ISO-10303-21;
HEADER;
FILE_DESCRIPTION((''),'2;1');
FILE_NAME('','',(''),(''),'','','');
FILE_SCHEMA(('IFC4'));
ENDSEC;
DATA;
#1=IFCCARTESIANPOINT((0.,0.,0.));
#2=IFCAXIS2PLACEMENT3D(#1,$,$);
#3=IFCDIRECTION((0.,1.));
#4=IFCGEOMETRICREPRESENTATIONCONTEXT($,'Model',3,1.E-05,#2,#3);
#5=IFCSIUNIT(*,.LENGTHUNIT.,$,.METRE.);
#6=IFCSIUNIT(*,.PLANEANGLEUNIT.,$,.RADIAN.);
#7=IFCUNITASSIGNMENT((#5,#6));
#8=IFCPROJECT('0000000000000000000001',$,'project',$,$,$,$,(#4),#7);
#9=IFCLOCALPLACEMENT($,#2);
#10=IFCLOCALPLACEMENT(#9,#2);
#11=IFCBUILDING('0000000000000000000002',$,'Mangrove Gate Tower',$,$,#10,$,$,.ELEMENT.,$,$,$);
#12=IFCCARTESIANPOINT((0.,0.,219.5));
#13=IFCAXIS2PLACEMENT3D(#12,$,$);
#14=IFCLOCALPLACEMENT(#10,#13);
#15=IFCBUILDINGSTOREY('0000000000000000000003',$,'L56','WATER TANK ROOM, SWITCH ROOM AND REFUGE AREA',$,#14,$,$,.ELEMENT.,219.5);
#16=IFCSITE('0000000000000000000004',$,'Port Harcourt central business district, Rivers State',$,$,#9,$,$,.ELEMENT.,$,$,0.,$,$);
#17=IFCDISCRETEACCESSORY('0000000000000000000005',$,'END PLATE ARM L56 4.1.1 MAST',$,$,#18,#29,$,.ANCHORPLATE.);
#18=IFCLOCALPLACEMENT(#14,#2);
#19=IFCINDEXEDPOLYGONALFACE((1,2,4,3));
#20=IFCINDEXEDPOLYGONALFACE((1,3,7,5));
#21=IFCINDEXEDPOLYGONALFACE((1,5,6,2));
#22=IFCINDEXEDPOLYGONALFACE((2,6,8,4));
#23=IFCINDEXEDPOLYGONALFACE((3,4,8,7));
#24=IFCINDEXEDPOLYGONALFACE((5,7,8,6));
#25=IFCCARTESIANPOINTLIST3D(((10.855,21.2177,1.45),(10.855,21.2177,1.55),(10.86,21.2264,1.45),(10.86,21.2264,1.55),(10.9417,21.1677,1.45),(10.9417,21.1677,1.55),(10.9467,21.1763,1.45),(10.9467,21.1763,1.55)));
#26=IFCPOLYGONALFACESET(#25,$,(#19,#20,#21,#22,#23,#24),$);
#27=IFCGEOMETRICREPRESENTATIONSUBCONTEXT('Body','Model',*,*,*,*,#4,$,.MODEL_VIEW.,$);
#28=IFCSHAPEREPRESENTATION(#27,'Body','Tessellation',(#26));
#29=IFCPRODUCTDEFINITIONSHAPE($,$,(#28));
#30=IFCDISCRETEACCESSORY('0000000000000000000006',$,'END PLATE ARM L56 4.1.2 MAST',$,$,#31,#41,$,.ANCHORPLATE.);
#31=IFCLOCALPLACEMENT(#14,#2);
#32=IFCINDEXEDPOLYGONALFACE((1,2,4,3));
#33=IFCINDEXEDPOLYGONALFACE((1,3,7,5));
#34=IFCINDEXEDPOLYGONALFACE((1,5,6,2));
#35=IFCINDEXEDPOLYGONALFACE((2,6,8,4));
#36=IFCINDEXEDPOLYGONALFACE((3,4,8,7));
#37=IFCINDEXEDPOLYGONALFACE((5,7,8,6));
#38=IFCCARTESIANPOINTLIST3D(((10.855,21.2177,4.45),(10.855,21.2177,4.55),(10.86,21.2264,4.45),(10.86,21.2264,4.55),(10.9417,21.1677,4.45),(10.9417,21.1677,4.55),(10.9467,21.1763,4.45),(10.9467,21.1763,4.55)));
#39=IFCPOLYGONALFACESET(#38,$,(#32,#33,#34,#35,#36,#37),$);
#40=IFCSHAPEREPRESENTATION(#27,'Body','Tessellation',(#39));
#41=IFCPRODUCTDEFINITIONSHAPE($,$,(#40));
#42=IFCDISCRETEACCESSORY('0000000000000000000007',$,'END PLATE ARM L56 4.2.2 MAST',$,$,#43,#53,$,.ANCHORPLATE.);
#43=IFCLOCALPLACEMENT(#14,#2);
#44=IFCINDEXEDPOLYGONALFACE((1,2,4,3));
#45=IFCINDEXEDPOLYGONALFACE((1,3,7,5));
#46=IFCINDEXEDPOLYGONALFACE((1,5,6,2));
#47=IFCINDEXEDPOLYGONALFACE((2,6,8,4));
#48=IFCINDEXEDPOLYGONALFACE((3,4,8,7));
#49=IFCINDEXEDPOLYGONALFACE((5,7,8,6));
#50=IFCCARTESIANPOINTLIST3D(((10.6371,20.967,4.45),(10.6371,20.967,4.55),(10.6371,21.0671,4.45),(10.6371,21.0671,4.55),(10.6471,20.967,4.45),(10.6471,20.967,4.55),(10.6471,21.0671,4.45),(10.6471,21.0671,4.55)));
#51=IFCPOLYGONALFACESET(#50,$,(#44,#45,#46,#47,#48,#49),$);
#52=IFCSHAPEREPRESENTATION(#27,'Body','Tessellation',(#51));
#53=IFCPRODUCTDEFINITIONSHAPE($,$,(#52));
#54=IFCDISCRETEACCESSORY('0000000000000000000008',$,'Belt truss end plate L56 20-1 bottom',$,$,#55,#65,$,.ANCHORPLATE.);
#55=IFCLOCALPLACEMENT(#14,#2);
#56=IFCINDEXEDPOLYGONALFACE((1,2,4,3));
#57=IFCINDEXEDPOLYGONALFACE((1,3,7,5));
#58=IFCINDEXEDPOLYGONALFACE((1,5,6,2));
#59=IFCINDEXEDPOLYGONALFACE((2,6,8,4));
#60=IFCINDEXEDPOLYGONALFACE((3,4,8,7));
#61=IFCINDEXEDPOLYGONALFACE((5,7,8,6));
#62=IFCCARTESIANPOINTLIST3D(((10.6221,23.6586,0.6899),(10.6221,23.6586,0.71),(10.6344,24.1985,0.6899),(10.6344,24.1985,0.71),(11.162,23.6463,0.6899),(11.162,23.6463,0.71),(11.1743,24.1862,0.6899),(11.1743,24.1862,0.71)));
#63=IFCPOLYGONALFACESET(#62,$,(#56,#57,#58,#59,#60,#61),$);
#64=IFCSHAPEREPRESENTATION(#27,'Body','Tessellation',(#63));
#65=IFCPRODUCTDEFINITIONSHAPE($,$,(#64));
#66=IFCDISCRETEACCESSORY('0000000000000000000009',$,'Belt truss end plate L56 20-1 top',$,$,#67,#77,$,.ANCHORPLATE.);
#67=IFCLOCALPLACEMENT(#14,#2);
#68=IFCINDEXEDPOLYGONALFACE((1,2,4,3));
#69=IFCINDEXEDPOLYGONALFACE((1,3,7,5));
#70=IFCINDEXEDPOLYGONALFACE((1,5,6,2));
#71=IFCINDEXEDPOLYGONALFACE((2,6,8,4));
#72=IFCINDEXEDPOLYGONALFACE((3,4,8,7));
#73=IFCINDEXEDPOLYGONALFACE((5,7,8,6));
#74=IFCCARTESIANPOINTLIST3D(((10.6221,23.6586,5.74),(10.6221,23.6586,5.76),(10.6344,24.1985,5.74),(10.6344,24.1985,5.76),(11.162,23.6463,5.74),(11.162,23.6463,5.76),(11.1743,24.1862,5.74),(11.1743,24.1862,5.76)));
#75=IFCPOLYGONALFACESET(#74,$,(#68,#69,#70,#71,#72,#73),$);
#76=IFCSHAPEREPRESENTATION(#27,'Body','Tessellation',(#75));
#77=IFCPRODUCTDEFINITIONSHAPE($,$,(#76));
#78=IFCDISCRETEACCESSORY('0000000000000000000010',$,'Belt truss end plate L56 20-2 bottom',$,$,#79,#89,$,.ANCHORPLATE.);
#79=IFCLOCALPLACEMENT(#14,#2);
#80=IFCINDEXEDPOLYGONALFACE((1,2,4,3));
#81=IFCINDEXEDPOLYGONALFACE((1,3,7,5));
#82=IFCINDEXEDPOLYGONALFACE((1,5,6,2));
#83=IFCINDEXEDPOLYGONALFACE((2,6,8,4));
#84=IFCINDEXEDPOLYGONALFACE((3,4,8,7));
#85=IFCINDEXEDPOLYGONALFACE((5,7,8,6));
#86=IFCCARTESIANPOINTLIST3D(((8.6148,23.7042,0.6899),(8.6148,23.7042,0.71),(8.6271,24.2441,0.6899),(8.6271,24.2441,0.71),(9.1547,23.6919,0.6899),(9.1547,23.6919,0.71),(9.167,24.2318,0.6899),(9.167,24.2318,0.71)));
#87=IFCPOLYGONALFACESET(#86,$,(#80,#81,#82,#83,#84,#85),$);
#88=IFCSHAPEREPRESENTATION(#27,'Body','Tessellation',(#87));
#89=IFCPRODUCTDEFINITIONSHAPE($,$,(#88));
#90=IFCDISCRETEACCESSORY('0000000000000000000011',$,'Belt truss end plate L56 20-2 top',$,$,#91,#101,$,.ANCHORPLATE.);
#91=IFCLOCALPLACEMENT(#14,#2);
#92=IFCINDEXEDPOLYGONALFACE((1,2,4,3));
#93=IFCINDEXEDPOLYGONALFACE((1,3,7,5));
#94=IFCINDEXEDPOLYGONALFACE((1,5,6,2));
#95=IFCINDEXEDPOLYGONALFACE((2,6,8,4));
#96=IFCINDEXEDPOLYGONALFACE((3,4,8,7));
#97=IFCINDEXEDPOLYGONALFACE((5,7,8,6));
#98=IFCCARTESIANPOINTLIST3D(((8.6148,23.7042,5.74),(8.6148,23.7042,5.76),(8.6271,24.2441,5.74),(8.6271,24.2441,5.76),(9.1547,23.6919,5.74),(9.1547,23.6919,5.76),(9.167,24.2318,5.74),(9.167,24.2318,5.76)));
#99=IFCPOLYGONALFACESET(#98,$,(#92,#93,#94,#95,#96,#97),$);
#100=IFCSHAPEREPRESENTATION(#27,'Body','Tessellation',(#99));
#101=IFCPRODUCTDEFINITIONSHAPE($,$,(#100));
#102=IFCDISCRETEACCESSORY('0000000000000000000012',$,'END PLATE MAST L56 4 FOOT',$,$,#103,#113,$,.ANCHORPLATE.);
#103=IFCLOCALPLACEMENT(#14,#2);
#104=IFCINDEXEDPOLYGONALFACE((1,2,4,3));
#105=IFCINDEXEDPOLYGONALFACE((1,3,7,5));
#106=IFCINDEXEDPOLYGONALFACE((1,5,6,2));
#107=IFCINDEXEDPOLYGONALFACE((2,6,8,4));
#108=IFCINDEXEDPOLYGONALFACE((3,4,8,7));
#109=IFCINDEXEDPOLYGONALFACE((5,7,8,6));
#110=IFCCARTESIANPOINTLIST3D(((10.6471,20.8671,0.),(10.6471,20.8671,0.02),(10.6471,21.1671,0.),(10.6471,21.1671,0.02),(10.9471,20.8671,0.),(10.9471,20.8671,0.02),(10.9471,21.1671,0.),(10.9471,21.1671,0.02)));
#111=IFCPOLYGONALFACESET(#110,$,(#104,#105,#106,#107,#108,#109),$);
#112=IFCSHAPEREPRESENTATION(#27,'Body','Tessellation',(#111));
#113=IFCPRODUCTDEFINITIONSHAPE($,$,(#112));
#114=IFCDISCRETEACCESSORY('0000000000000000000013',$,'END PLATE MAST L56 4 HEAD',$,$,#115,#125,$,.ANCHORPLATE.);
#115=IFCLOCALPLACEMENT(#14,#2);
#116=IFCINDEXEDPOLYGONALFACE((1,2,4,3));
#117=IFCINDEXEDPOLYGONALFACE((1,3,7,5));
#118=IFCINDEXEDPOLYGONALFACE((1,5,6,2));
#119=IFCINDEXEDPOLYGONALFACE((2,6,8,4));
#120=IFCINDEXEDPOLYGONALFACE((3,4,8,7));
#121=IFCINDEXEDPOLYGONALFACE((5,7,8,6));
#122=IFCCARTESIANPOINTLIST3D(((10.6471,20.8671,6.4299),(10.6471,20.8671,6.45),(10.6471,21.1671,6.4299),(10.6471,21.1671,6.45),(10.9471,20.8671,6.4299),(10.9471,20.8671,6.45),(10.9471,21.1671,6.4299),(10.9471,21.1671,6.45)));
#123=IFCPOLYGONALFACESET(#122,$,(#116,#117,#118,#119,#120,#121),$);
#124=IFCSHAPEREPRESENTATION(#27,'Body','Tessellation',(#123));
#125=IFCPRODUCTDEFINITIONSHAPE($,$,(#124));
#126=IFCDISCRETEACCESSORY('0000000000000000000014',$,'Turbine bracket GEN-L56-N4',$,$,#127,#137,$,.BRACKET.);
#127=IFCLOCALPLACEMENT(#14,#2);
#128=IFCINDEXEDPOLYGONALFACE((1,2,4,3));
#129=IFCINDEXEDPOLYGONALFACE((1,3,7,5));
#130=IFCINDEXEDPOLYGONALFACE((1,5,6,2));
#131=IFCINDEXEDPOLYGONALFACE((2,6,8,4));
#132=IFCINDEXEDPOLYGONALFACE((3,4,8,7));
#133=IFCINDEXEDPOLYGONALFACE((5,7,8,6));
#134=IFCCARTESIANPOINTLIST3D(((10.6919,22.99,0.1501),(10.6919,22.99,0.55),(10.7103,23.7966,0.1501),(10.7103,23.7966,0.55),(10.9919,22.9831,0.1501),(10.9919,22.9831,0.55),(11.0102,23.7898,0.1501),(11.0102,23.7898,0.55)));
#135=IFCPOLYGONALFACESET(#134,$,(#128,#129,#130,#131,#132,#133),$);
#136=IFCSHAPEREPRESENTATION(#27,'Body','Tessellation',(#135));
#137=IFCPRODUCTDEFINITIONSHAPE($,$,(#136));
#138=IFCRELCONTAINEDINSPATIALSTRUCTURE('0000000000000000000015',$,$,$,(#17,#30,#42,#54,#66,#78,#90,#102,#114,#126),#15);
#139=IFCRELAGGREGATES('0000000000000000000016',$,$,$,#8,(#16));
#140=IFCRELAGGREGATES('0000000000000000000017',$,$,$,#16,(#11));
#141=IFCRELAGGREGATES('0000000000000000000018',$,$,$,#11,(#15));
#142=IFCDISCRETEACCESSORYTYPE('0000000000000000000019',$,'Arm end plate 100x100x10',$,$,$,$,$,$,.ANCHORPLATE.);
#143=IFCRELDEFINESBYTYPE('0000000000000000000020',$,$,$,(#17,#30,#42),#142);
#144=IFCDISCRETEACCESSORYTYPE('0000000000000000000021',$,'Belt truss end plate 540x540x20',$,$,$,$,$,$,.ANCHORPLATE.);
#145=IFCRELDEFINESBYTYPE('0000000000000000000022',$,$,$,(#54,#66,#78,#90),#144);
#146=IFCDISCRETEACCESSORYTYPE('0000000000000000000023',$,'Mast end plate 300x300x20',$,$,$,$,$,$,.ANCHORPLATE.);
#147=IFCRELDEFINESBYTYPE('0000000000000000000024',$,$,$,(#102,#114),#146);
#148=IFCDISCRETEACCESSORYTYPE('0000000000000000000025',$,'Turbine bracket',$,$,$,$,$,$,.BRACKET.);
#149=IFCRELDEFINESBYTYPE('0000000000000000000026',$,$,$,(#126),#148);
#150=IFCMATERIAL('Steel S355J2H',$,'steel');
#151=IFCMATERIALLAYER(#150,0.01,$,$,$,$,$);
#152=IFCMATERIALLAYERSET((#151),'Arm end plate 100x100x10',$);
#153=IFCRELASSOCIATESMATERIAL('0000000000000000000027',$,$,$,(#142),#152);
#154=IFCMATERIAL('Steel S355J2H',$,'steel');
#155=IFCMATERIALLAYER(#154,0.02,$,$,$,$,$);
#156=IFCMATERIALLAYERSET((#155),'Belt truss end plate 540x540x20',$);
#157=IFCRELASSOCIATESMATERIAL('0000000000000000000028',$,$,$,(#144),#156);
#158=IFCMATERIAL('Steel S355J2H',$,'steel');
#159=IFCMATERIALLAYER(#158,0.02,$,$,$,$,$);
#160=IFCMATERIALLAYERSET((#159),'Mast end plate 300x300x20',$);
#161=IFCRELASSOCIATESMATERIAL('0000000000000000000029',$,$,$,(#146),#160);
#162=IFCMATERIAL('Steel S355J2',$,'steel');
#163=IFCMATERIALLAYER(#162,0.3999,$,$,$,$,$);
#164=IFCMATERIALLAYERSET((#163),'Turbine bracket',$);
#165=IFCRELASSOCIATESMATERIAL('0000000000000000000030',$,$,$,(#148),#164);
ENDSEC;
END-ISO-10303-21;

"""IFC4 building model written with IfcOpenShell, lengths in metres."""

from ifc_helpers import new_model, si_unit, direction, frame, origin, origin_2d, place, context, subcontext, project, spatial, rectangle, extrude, material, layer, layer_set, type_object, element, save


model = new_model("IFC4")

# Units and contexts
model_context = context("Model", 3, precision=1e-05, world=origin(), true_north=direction((0.0, 1.0)))
body_context = subcontext(model_context, "Body", "Model", "MODEL_VIEW")
ifc_project = project(units=[si_unit("LENGTHUNIT", "METRE"), si_unit("PLANEANGLEUNIT", "RADIAN")], contexts=[model_context])

# Site, building, storey
site_placement = place(None, origin())
site = spatial("IfcSite", under=ifc_project, at=site_placement, Name="Port Harcourt central business district, Rivers State", CompositionType="ELEMENT", RefElevation=0.0)
building_placement = place(site_placement, origin())
building = spatial("IfcBuilding", under=site, at=building_placement, Name="Mangrove Gate Tower", CompositionType="ELEMENT")
storey_placement = place(building_placement, frame((0.0, 0.0, 219.5)))
storey = spatial("IfcBuildingStorey", under=building, at=storey_placement, Name="L56", Description="WATER TANK ROOM, SWITCH ROOM AND REFUGE AREA", CompositionType="ELEMENT", Elevation=219.5)

# Discrete accessories
ifc_material_1 = material(Name="Steel S355J2H", Category="steel")
ifc_layer_1 = layer(ifc_material_1, 0.01)
ifc_layer_set_1 = layer_set([ifc_layer_1], Name="Arm end plate 100x100x10")
discrete_accessory_type_1 = type_object("IfcDiscreteAccessoryType", Name="Arm end plate 100x100x10", PredefinedType="ANCHORPLATE", material=ifc_layer_set_1)
for number, where, z_axis, x_axis, name in (
    (1, (10.9009, 21.197, 1.45), (0.0, 0.0, 1.0), (0.5, 0.866025, 0.0), "END PLATE ARM L56 4.1.1 MAST"),
    (2, (10.9009, 21.197, 4.45), (0.0, 0.0, 1.0), (0.5, 0.866025, 0.0), "END PLATE ARM L56 4.1.2 MAST"),
    (3, (10.6421, 21.0171, 4.45), (0.0, 0.0, 1.0), (-1.0, 0.0, 0.0), "END PLATE ARM L56 4.2.2 MAST"),
):
    element("IfcDiscreteAccessory", number, at=place(storey_placement, frame(where, z_axis=z_axis, x_axis=x_axis)), inside=storey, type_object=discrete_accessory_type_1, Name=name, PredefinedType="ANCHORPLATE", context=body_context, shape_type="SweptSolid", body=[
        extrude(rectangle(XDim=0.01, YDim=0.1001, at=origin_2d()), origin(), (0.0, 0.0, 1.0), 0.1001),
    ])
ifc_material_2 = material(Name="Steel S355J2H", Category="steel")
ifc_layer_2 = layer(ifc_material_2, 0.02)
ifc_layer_set_2 = layer_set([ifc_layer_2], Name="Belt truss end plate 540x540x20")
discrete_accessory_type_2 = type_object("IfcDiscreteAccessoryType", Name="Belt truss end plate 540x540x20", PredefinedType="ANCHORPLATE", material=ifc_layer_set_2)
for number, where, z_axis, x_axis, name in (
    (4, (10.8982, 23.9224, 0.6899), (0.0, 0.0, 1.0), (-0.999741, 0.022741, 0.0), "Belt truss end plate L56 20-1 bottom"),
    (5, (10.8982, 23.9224, 5.74), (0.0, 0.0, 1.0), (-0.999741, 0.022741, 0.0), "Belt truss end plate L56 20-1 top"),
    (6, (8.8909, 23.968, 0.6899), (0.0, 0.0, 1.0), (-0.999741, 0.022741, 0.0), "Belt truss end plate L56 20-2 bottom"),
    (7, (8.8909, 23.968, 5.74), (0.0, 0.0, 1.0), (-0.999741, 0.022741, 0.0), "Belt truss end plate L56 20-2 top"),
):
    element("IfcDiscreteAccessory", number, at=place(storey_placement, frame(where, z_axis=z_axis, x_axis=x_axis)), inside=storey, type_object=discrete_accessory_type_2, Name=name, PredefinedType="ANCHORPLATE", context=body_context, shape_type="SweptSolid", body=[
        extrude(rectangle(XDim=0.54, YDim=0.54, at=origin_2d()), origin(), (0.0, 0.0, 1.0), 0.02),
    ])
ifc_material_3 = material(Name="Steel S355J2H", Category="steel")
ifc_layer_3 = layer(ifc_material_3, 0.02)
ifc_layer_set_3 = layer_set([ifc_layer_3], Name="Mast end plate 300x300x20")
discrete_accessory_type_3 = type_object("IfcDiscreteAccessoryType", Name="Mast end plate 300x300x20", PredefinedType="ANCHORPLATE", material=ifc_layer_set_3)
for number, where, z_axis, x_axis, name in (
    (8, (10.7971, 21.0171, 0.0), (0.0, 0.0, 1.0), (1.0, 0.0, 0.0), "END PLATE MAST L56 4 FOOT"),
    (9, (10.7971, 21.0171, 6.4299), (0.0, 0.0, 1.0), (1.0, 0.0, 0.0), "END PLATE MAST L56 4 HEAD"),
):
    element("IfcDiscreteAccessory", number, at=place(storey_placement, frame(where, z_axis=z_axis, x_axis=x_axis)), inside=storey, type_object=discrete_accessory_type_3, Name=name, PredefinedType="ANCHORPLATE", context=body_context, shape_type="SweptSolid", body=[
        extrude(rectangle(XDim=0.3, YDim=0.3, at=origin_2d()), origin(), (0.0, 0.0, 1.0), 0.02),
    ])
ifc_material_4 = material(Name="Steel S355J2", Category="steel")
ifc_layer_4 = layer(ifc_material_4, 0.3999)
ifc_layer_set_4 = layer_set([ifc_layer_4], Name="Turbine bracket")
discrete_accessory_type_4 = type_object("IfcDiscreteAccessoryType", Name="Turbine bracket", PredefinedType="BRACKET", material=ifc_layer_set_4)
discrete_accessory_placement = place(storey_placement, frame((10.8511, 23.3899, 0.1501), z_axis=(0.0, 0.0, 1.0), x_axis=(-0.022741, -0.999741, 0.0)))
element("IfcDiscreteAccessory", 10, at=discrete_accessory_placement, inside=storey, type_object=discrete_accessory_type_4, Name="Turbine bracket GEN-L56-N4", PredefinedType="BRACKET", context=body_context, shape_type="SweptSolid", body=[
    extrude(rectangle(XDim=0.8069, YDim=0.3, at=origin_2d()), origin(), (0.0, 0.0, 1.0), 0.3999),
])

save(model, "model.ifc")
